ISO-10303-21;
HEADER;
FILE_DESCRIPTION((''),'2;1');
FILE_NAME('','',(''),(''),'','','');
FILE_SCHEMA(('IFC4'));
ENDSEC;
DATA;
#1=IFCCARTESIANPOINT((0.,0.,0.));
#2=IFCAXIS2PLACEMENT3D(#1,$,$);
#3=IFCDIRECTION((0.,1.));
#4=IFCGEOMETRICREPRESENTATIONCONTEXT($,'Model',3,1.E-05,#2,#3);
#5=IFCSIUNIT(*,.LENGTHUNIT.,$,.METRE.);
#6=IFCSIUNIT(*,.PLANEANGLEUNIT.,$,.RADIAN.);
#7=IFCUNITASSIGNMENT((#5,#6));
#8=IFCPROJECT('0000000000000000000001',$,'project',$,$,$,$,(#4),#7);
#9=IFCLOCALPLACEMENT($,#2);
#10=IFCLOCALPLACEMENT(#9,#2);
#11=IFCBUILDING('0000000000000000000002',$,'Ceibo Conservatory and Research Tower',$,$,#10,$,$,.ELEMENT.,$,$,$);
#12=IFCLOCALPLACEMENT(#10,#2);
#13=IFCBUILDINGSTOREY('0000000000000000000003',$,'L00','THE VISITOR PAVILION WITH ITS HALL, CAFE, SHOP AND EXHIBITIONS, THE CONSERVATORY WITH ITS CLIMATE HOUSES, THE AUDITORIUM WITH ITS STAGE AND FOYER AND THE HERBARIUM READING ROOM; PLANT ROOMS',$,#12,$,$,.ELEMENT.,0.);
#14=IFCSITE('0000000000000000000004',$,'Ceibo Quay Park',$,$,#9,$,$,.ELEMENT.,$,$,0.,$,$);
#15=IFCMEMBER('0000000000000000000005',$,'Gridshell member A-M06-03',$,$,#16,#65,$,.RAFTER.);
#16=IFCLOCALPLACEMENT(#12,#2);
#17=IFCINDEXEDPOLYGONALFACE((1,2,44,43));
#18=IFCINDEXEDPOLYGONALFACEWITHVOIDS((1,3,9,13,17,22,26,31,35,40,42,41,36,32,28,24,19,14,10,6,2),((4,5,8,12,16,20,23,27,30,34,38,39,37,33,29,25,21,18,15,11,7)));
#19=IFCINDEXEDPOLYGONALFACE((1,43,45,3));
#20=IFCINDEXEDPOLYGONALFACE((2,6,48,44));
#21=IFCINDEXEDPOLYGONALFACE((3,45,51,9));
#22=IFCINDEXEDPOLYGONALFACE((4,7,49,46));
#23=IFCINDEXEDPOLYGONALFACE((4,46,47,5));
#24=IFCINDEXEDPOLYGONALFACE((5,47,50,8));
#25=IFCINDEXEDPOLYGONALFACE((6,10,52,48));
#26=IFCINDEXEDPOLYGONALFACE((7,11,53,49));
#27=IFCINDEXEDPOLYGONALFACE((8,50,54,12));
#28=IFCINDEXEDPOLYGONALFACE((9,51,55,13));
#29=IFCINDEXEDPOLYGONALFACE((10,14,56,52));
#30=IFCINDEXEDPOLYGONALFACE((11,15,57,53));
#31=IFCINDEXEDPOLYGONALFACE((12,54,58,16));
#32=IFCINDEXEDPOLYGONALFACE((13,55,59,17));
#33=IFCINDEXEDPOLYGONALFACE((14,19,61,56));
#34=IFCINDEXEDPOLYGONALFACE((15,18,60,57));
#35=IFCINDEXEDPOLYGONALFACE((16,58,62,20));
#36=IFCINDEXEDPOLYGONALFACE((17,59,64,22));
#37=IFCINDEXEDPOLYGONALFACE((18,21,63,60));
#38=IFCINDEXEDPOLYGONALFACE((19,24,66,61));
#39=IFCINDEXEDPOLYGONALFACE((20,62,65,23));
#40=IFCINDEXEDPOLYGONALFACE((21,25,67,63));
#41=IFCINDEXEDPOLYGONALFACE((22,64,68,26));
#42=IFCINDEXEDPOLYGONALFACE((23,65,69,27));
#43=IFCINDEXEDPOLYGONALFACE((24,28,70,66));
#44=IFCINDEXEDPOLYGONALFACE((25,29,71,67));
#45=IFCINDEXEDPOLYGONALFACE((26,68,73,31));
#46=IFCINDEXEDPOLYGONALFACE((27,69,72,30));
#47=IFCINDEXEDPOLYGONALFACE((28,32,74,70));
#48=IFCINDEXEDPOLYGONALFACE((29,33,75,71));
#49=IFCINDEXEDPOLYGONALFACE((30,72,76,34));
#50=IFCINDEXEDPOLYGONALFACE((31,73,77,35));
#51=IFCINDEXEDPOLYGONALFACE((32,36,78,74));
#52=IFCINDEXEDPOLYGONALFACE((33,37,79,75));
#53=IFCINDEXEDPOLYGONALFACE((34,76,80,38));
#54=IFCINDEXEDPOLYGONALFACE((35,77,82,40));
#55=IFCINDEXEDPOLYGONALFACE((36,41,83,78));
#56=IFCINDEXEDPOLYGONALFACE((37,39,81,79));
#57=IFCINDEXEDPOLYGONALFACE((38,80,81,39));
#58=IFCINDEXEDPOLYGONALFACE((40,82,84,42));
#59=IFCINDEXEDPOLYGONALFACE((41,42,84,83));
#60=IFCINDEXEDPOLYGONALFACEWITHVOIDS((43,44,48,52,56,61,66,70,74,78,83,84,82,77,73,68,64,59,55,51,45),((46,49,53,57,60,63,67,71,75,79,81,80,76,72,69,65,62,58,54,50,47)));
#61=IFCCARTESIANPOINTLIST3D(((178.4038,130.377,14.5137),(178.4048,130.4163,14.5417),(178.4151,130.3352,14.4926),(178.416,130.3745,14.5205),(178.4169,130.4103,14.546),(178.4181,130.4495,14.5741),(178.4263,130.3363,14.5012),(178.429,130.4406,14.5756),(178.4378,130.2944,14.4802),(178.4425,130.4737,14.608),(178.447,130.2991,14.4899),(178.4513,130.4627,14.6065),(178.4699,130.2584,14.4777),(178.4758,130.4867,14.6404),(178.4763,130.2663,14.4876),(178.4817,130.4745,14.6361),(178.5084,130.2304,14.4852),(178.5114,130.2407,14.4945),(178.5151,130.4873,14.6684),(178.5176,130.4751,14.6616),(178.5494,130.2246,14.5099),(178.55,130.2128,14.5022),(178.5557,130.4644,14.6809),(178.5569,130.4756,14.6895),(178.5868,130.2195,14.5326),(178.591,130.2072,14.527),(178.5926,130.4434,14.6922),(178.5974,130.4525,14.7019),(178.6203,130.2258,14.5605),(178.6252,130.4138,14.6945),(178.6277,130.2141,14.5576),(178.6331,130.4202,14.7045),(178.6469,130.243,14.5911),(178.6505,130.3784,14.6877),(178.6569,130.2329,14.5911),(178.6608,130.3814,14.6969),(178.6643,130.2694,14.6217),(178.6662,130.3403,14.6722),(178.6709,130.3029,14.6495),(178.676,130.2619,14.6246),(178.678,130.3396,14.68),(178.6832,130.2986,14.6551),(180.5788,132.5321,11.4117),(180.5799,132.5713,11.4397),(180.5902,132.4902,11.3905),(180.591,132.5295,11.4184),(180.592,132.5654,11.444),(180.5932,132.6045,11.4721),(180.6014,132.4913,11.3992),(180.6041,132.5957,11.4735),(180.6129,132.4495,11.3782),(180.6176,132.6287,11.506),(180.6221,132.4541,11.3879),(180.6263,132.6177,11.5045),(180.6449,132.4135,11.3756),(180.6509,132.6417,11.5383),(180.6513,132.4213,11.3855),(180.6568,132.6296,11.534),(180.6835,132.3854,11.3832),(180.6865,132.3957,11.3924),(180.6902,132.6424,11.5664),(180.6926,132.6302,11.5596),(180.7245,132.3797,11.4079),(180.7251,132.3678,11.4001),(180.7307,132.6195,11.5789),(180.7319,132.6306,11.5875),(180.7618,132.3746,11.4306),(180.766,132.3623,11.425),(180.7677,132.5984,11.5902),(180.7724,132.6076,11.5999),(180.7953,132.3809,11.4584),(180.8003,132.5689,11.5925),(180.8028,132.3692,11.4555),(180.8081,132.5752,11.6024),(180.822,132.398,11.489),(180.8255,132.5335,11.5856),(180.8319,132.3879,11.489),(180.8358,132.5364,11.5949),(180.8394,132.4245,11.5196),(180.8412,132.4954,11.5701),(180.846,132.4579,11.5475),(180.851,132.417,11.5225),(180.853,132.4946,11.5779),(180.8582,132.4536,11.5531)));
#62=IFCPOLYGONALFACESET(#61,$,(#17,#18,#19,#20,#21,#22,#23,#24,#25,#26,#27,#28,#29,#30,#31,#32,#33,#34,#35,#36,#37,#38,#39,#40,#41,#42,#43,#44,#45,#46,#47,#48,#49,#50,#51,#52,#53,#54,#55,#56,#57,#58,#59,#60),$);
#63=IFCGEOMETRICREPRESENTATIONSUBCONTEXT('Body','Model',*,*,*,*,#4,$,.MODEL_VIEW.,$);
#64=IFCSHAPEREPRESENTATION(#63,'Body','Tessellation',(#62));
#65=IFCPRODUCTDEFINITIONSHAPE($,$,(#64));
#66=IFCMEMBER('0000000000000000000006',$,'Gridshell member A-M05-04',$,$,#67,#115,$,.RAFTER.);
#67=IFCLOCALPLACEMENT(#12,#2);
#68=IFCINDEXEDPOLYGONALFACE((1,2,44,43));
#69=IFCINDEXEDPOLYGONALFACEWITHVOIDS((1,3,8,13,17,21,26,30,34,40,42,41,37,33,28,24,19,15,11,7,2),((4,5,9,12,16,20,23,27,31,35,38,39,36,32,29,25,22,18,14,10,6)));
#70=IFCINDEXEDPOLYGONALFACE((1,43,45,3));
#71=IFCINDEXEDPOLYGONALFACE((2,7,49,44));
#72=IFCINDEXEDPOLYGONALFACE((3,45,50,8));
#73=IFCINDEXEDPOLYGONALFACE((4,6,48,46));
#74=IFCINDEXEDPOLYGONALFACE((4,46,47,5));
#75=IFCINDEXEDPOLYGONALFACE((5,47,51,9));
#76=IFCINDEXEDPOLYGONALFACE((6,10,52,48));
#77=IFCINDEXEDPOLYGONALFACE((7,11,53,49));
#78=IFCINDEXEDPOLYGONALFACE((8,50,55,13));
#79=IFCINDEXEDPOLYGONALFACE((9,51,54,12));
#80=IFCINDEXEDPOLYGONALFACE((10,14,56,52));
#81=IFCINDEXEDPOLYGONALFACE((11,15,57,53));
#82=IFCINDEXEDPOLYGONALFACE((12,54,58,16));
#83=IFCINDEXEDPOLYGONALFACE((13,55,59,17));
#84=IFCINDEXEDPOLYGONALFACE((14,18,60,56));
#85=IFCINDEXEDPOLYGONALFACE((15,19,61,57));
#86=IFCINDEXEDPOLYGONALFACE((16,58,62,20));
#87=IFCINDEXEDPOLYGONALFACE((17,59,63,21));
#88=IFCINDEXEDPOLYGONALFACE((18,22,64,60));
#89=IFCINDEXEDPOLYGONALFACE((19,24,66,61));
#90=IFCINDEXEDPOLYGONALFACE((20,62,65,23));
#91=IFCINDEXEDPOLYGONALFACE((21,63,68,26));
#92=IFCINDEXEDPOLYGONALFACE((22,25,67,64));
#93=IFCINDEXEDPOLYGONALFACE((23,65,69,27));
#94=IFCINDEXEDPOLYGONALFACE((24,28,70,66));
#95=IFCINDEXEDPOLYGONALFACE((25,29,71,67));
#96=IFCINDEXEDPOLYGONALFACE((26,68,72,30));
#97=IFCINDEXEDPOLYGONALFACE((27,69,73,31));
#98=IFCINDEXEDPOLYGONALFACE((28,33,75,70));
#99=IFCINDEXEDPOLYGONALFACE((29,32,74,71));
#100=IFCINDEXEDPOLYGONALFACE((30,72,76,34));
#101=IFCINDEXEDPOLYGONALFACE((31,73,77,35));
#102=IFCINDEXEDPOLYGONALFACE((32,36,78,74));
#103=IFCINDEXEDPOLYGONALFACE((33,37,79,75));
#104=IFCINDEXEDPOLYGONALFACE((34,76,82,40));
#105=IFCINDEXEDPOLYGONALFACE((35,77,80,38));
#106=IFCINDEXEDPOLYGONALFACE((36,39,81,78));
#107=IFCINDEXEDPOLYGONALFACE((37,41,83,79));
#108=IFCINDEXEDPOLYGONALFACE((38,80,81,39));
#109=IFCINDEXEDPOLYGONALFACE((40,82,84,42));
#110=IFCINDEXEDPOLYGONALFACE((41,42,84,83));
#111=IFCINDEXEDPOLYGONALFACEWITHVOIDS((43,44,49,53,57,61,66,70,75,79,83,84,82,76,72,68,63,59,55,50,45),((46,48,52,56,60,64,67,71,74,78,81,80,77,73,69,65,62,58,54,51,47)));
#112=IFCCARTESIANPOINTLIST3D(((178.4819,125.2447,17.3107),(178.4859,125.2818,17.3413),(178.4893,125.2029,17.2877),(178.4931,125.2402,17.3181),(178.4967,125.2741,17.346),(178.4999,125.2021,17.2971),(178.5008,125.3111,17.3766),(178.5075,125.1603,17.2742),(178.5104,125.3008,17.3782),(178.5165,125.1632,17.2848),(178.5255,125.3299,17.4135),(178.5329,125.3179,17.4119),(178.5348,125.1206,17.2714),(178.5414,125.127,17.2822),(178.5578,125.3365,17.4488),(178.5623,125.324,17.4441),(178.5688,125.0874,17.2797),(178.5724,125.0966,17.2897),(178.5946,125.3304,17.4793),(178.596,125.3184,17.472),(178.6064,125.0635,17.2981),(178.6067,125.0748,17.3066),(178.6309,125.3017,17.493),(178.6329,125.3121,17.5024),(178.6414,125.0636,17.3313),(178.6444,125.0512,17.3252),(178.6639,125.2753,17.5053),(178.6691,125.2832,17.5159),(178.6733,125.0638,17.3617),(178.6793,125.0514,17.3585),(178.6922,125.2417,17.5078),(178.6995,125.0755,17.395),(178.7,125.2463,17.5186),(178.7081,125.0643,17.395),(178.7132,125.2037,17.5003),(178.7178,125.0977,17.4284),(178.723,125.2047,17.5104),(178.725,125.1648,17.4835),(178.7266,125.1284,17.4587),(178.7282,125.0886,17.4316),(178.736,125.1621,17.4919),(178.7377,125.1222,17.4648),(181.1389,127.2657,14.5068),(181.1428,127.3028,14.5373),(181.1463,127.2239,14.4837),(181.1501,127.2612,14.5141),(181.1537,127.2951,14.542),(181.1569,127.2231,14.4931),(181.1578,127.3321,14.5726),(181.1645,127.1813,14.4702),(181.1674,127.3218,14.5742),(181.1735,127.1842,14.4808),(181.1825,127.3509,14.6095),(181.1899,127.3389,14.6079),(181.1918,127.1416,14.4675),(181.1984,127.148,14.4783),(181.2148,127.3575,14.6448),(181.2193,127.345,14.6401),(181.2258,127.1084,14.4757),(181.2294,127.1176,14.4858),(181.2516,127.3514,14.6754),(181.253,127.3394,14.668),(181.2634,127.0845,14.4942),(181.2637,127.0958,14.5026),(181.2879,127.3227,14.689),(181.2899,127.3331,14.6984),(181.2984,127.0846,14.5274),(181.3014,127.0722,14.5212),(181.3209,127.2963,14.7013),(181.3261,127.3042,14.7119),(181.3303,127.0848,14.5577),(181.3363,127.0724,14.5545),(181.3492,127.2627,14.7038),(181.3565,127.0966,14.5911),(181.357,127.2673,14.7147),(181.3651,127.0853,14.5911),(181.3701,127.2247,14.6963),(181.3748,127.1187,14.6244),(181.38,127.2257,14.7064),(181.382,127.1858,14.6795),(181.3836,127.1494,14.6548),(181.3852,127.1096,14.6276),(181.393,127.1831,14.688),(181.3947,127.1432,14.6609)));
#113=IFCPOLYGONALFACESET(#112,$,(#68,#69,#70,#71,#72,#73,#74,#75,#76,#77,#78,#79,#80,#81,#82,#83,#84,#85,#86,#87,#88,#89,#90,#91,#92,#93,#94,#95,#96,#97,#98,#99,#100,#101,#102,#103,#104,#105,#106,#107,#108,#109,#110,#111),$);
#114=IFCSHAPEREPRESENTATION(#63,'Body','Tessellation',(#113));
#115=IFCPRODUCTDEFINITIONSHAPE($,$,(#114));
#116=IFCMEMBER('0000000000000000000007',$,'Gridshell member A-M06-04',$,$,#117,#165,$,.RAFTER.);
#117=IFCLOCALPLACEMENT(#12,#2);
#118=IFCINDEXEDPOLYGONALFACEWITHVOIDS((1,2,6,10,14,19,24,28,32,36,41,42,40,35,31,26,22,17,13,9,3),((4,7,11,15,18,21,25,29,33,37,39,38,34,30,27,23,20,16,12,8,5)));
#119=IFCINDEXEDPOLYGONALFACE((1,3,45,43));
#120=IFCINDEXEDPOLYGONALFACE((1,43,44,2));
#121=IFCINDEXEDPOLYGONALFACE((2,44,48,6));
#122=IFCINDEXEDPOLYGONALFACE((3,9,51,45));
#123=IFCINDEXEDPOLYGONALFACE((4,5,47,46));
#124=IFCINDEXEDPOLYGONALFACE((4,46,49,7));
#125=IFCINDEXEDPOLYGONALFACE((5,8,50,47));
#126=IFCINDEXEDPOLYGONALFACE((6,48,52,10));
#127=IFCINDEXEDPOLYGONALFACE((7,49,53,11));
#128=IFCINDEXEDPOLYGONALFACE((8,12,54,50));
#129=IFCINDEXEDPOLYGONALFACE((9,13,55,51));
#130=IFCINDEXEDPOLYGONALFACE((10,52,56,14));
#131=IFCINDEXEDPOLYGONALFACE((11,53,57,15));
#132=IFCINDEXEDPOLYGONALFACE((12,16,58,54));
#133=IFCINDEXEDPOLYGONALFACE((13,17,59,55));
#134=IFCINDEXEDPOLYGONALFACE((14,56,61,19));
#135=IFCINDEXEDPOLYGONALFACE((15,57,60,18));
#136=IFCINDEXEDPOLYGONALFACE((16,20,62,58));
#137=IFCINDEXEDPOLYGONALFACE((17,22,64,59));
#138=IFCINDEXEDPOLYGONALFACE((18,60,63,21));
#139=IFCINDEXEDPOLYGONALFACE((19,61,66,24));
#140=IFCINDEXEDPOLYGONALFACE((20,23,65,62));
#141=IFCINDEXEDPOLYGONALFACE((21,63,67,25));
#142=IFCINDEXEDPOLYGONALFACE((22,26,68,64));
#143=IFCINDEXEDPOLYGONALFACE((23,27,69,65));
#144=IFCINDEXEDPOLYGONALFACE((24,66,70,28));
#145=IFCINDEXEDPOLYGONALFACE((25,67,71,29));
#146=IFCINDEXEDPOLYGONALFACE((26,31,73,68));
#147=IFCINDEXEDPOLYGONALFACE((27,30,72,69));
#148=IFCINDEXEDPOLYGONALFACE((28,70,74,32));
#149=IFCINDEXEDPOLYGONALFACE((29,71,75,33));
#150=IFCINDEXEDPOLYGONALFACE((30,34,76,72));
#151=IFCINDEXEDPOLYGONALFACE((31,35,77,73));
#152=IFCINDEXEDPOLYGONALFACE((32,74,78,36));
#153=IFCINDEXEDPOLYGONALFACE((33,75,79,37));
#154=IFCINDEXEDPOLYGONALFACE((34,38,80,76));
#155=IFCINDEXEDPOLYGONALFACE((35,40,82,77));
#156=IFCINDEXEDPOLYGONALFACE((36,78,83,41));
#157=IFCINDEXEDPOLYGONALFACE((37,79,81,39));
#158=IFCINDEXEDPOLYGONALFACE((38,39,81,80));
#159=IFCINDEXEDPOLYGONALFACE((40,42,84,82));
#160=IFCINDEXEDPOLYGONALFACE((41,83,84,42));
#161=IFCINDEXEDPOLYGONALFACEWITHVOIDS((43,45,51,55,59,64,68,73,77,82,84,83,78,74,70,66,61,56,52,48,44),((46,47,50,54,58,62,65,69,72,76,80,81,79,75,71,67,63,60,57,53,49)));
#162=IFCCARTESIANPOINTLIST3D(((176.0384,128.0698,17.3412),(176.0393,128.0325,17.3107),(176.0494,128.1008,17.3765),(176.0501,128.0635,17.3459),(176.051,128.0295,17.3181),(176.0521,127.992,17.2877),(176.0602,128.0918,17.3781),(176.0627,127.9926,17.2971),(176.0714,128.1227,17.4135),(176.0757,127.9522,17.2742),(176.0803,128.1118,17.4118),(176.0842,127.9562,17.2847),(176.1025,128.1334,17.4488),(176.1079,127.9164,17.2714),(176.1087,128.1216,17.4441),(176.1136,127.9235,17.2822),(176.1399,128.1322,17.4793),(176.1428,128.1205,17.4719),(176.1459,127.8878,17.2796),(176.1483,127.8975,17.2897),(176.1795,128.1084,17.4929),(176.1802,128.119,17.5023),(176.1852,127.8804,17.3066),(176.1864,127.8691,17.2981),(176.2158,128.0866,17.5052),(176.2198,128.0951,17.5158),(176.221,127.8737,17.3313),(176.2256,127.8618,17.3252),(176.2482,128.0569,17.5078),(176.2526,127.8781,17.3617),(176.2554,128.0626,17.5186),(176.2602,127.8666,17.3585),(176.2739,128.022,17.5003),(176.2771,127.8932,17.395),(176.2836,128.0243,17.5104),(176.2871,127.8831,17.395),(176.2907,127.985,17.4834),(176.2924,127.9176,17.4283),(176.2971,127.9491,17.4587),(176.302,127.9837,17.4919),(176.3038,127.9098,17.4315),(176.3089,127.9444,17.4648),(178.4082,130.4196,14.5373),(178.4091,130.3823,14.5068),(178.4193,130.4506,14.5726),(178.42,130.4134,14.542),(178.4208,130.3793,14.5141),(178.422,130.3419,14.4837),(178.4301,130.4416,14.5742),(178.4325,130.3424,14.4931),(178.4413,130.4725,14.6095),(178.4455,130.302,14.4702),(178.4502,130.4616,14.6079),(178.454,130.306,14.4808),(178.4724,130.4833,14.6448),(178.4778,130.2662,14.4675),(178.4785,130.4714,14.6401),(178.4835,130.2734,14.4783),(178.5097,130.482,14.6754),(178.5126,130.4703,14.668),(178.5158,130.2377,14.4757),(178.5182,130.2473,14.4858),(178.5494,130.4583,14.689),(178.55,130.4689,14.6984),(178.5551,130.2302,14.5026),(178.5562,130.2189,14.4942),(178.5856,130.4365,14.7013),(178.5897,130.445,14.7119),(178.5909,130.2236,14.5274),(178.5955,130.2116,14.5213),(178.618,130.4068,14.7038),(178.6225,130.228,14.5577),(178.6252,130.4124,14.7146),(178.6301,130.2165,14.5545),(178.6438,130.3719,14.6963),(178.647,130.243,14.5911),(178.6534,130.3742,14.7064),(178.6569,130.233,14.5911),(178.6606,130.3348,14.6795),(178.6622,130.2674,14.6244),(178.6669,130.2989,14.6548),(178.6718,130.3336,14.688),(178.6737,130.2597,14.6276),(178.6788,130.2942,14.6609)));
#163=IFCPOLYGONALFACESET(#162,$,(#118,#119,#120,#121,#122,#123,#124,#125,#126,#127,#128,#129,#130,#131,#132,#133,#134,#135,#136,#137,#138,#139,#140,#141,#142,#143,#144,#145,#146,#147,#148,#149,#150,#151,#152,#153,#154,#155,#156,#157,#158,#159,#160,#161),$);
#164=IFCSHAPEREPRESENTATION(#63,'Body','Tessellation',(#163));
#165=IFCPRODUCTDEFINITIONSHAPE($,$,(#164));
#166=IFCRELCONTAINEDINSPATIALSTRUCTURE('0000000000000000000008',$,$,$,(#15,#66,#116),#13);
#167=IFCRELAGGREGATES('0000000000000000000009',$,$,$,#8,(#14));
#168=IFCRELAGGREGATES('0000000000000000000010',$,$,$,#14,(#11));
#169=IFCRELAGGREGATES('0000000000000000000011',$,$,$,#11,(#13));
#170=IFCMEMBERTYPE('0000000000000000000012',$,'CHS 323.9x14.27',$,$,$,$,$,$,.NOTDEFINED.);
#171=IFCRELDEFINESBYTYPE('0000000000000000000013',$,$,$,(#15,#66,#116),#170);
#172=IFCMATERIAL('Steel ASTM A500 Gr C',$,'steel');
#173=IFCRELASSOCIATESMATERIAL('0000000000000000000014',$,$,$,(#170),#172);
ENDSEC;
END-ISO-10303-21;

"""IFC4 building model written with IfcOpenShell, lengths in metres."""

from ifc_helpers import new_model, si_unit, direction, frame, origin, origin_2d, place, context, subcontext, project, spatial, hollow_circle, extrude, material, material_profile, profile_set, type_object, element, save


model = new_model("IFC4")

# Units and contexts
model_context = context("Model", 3, precision=1e-05, world=origin(), true_north=direction((0.0, 1.0)))
body_context = subcontext(model_context, "Body", "Model", "MODEL_VIEW")
ifc_project = project(units=[si_unit("LENGTHUNIT", "METRE"), si_unit("PLANEANGLEUNIT", "RADIAN")], contexts=[model_context])

# Site, building, storey
site_placement = place(None, origin())
site = spatial("IfcSite", under=ifc_project, at=site_placement, Name="Ceibo Quay Park", CompositionType="ELEMENT", RefElevation=0.0)
building_placement = place(site_placement, origin())
building = spatial("IfcBuilding", under=site, at=building_placement, Name="Ceibo Conservatory and Research Tower", CompositionType="ELEMENT")
storey_placement = place(building_placement, origin())
storey = spatial("IfcBuildingStorey", under=building, at=storey_placement, Name="L00", Description="THE VISITOR PAVILION WITH ITS HALL, CAFE, SHOP AND EXHIBITIONS, THE CONSERVATORY WITH ITS CLIMATE HOUSES, THE AUDITORIUM WITH ITS STAGE AND FOYER AND THE HERBARIUM READING ROOM; PLANT ROOMS", CompositionType="ELEMENT", Elevation=0.0)

# Members
ifc_material_1 = material(Name="Steel ASTM A500 Gr C", Category="steel")
ifc_material_profile_1 = material_profile(ifc_material_1, hollow_circle(Radius=0.1619, WallThickness=0.0142, at=origin_2d()), Name="CHS 323.9x14.27")
ifc_profile_set_1 = profile_set([ifc_material_profile_1], Name="Steel ASTM A500 Gr C")
member_type_1 = type_object("IfcMemberType", Name="CHS 323.9x14.27", PredefinedType="NOTDEFINED", material=ifc_profile_set_1)
member_1_placement = place(storey_placement, frame((180.718, 132.5029, 11.489), z_axis=(-0.499021, -0.494427, 0.711702), x_axis=(0.70383, -0.710368, 0.0)))
element("IfcMember", 1, at=member_1_placement, inside=storey, type_object=member_type_1, Name="Gridshell member A-M06-03", PredefinedType="RAFTER", context=body_context, shape_type="SweptSolid", body=[
    extrude(hollow_circle(Radius=0.1619, WallThickness=0.0142, at=origin_2d()), origin(), (0.0, 0.0, 1.0), 4.3586),
])
member_2_placement = place(storey_placement, frame((181.2671, 127.2141, 14.5911), z_axis=(-0.609455, -0.463573, 0.643167), x_axis=(0.605404, -0.795918, 0.0)))
element("IfcMember", 2, at=member_2_placement, inside=storey, type_object=member_type_1, Name="Gridshell member A-M05-04", PredefinedType="RAFTER", context=body_context, shape_type="SweptSolid", body=[
    extrude(hollow_circle(Radius=0.1619, WallThickness=0.0142, at=origin_2d()), origin(), (0.0, 0.0, 1.0), 4.3596),
])
member_3_placement = place(storey_placement, frame((178.543, 130.3479, 14.5911), z_axis=(-0.543682, -0.539089, 0.643267), x_axis=(0.704101, -0.7101, 0.0)))
element("IfcMember", 3, at=member_3_placement, inside=storey, type_object=member_type_1, Name="Gridshell member A-M06-04", PredefinedType="RAFTER", context=body_context, shape_type="SweptSolid", body=[
    extrude(hollow_circle(Radius=0.1619, WallThickness=0.0142, at=origin_2d()), origin(), (0.0, 0.0, 1.0), 4.3589),
])

save(model, "model.ifc")
